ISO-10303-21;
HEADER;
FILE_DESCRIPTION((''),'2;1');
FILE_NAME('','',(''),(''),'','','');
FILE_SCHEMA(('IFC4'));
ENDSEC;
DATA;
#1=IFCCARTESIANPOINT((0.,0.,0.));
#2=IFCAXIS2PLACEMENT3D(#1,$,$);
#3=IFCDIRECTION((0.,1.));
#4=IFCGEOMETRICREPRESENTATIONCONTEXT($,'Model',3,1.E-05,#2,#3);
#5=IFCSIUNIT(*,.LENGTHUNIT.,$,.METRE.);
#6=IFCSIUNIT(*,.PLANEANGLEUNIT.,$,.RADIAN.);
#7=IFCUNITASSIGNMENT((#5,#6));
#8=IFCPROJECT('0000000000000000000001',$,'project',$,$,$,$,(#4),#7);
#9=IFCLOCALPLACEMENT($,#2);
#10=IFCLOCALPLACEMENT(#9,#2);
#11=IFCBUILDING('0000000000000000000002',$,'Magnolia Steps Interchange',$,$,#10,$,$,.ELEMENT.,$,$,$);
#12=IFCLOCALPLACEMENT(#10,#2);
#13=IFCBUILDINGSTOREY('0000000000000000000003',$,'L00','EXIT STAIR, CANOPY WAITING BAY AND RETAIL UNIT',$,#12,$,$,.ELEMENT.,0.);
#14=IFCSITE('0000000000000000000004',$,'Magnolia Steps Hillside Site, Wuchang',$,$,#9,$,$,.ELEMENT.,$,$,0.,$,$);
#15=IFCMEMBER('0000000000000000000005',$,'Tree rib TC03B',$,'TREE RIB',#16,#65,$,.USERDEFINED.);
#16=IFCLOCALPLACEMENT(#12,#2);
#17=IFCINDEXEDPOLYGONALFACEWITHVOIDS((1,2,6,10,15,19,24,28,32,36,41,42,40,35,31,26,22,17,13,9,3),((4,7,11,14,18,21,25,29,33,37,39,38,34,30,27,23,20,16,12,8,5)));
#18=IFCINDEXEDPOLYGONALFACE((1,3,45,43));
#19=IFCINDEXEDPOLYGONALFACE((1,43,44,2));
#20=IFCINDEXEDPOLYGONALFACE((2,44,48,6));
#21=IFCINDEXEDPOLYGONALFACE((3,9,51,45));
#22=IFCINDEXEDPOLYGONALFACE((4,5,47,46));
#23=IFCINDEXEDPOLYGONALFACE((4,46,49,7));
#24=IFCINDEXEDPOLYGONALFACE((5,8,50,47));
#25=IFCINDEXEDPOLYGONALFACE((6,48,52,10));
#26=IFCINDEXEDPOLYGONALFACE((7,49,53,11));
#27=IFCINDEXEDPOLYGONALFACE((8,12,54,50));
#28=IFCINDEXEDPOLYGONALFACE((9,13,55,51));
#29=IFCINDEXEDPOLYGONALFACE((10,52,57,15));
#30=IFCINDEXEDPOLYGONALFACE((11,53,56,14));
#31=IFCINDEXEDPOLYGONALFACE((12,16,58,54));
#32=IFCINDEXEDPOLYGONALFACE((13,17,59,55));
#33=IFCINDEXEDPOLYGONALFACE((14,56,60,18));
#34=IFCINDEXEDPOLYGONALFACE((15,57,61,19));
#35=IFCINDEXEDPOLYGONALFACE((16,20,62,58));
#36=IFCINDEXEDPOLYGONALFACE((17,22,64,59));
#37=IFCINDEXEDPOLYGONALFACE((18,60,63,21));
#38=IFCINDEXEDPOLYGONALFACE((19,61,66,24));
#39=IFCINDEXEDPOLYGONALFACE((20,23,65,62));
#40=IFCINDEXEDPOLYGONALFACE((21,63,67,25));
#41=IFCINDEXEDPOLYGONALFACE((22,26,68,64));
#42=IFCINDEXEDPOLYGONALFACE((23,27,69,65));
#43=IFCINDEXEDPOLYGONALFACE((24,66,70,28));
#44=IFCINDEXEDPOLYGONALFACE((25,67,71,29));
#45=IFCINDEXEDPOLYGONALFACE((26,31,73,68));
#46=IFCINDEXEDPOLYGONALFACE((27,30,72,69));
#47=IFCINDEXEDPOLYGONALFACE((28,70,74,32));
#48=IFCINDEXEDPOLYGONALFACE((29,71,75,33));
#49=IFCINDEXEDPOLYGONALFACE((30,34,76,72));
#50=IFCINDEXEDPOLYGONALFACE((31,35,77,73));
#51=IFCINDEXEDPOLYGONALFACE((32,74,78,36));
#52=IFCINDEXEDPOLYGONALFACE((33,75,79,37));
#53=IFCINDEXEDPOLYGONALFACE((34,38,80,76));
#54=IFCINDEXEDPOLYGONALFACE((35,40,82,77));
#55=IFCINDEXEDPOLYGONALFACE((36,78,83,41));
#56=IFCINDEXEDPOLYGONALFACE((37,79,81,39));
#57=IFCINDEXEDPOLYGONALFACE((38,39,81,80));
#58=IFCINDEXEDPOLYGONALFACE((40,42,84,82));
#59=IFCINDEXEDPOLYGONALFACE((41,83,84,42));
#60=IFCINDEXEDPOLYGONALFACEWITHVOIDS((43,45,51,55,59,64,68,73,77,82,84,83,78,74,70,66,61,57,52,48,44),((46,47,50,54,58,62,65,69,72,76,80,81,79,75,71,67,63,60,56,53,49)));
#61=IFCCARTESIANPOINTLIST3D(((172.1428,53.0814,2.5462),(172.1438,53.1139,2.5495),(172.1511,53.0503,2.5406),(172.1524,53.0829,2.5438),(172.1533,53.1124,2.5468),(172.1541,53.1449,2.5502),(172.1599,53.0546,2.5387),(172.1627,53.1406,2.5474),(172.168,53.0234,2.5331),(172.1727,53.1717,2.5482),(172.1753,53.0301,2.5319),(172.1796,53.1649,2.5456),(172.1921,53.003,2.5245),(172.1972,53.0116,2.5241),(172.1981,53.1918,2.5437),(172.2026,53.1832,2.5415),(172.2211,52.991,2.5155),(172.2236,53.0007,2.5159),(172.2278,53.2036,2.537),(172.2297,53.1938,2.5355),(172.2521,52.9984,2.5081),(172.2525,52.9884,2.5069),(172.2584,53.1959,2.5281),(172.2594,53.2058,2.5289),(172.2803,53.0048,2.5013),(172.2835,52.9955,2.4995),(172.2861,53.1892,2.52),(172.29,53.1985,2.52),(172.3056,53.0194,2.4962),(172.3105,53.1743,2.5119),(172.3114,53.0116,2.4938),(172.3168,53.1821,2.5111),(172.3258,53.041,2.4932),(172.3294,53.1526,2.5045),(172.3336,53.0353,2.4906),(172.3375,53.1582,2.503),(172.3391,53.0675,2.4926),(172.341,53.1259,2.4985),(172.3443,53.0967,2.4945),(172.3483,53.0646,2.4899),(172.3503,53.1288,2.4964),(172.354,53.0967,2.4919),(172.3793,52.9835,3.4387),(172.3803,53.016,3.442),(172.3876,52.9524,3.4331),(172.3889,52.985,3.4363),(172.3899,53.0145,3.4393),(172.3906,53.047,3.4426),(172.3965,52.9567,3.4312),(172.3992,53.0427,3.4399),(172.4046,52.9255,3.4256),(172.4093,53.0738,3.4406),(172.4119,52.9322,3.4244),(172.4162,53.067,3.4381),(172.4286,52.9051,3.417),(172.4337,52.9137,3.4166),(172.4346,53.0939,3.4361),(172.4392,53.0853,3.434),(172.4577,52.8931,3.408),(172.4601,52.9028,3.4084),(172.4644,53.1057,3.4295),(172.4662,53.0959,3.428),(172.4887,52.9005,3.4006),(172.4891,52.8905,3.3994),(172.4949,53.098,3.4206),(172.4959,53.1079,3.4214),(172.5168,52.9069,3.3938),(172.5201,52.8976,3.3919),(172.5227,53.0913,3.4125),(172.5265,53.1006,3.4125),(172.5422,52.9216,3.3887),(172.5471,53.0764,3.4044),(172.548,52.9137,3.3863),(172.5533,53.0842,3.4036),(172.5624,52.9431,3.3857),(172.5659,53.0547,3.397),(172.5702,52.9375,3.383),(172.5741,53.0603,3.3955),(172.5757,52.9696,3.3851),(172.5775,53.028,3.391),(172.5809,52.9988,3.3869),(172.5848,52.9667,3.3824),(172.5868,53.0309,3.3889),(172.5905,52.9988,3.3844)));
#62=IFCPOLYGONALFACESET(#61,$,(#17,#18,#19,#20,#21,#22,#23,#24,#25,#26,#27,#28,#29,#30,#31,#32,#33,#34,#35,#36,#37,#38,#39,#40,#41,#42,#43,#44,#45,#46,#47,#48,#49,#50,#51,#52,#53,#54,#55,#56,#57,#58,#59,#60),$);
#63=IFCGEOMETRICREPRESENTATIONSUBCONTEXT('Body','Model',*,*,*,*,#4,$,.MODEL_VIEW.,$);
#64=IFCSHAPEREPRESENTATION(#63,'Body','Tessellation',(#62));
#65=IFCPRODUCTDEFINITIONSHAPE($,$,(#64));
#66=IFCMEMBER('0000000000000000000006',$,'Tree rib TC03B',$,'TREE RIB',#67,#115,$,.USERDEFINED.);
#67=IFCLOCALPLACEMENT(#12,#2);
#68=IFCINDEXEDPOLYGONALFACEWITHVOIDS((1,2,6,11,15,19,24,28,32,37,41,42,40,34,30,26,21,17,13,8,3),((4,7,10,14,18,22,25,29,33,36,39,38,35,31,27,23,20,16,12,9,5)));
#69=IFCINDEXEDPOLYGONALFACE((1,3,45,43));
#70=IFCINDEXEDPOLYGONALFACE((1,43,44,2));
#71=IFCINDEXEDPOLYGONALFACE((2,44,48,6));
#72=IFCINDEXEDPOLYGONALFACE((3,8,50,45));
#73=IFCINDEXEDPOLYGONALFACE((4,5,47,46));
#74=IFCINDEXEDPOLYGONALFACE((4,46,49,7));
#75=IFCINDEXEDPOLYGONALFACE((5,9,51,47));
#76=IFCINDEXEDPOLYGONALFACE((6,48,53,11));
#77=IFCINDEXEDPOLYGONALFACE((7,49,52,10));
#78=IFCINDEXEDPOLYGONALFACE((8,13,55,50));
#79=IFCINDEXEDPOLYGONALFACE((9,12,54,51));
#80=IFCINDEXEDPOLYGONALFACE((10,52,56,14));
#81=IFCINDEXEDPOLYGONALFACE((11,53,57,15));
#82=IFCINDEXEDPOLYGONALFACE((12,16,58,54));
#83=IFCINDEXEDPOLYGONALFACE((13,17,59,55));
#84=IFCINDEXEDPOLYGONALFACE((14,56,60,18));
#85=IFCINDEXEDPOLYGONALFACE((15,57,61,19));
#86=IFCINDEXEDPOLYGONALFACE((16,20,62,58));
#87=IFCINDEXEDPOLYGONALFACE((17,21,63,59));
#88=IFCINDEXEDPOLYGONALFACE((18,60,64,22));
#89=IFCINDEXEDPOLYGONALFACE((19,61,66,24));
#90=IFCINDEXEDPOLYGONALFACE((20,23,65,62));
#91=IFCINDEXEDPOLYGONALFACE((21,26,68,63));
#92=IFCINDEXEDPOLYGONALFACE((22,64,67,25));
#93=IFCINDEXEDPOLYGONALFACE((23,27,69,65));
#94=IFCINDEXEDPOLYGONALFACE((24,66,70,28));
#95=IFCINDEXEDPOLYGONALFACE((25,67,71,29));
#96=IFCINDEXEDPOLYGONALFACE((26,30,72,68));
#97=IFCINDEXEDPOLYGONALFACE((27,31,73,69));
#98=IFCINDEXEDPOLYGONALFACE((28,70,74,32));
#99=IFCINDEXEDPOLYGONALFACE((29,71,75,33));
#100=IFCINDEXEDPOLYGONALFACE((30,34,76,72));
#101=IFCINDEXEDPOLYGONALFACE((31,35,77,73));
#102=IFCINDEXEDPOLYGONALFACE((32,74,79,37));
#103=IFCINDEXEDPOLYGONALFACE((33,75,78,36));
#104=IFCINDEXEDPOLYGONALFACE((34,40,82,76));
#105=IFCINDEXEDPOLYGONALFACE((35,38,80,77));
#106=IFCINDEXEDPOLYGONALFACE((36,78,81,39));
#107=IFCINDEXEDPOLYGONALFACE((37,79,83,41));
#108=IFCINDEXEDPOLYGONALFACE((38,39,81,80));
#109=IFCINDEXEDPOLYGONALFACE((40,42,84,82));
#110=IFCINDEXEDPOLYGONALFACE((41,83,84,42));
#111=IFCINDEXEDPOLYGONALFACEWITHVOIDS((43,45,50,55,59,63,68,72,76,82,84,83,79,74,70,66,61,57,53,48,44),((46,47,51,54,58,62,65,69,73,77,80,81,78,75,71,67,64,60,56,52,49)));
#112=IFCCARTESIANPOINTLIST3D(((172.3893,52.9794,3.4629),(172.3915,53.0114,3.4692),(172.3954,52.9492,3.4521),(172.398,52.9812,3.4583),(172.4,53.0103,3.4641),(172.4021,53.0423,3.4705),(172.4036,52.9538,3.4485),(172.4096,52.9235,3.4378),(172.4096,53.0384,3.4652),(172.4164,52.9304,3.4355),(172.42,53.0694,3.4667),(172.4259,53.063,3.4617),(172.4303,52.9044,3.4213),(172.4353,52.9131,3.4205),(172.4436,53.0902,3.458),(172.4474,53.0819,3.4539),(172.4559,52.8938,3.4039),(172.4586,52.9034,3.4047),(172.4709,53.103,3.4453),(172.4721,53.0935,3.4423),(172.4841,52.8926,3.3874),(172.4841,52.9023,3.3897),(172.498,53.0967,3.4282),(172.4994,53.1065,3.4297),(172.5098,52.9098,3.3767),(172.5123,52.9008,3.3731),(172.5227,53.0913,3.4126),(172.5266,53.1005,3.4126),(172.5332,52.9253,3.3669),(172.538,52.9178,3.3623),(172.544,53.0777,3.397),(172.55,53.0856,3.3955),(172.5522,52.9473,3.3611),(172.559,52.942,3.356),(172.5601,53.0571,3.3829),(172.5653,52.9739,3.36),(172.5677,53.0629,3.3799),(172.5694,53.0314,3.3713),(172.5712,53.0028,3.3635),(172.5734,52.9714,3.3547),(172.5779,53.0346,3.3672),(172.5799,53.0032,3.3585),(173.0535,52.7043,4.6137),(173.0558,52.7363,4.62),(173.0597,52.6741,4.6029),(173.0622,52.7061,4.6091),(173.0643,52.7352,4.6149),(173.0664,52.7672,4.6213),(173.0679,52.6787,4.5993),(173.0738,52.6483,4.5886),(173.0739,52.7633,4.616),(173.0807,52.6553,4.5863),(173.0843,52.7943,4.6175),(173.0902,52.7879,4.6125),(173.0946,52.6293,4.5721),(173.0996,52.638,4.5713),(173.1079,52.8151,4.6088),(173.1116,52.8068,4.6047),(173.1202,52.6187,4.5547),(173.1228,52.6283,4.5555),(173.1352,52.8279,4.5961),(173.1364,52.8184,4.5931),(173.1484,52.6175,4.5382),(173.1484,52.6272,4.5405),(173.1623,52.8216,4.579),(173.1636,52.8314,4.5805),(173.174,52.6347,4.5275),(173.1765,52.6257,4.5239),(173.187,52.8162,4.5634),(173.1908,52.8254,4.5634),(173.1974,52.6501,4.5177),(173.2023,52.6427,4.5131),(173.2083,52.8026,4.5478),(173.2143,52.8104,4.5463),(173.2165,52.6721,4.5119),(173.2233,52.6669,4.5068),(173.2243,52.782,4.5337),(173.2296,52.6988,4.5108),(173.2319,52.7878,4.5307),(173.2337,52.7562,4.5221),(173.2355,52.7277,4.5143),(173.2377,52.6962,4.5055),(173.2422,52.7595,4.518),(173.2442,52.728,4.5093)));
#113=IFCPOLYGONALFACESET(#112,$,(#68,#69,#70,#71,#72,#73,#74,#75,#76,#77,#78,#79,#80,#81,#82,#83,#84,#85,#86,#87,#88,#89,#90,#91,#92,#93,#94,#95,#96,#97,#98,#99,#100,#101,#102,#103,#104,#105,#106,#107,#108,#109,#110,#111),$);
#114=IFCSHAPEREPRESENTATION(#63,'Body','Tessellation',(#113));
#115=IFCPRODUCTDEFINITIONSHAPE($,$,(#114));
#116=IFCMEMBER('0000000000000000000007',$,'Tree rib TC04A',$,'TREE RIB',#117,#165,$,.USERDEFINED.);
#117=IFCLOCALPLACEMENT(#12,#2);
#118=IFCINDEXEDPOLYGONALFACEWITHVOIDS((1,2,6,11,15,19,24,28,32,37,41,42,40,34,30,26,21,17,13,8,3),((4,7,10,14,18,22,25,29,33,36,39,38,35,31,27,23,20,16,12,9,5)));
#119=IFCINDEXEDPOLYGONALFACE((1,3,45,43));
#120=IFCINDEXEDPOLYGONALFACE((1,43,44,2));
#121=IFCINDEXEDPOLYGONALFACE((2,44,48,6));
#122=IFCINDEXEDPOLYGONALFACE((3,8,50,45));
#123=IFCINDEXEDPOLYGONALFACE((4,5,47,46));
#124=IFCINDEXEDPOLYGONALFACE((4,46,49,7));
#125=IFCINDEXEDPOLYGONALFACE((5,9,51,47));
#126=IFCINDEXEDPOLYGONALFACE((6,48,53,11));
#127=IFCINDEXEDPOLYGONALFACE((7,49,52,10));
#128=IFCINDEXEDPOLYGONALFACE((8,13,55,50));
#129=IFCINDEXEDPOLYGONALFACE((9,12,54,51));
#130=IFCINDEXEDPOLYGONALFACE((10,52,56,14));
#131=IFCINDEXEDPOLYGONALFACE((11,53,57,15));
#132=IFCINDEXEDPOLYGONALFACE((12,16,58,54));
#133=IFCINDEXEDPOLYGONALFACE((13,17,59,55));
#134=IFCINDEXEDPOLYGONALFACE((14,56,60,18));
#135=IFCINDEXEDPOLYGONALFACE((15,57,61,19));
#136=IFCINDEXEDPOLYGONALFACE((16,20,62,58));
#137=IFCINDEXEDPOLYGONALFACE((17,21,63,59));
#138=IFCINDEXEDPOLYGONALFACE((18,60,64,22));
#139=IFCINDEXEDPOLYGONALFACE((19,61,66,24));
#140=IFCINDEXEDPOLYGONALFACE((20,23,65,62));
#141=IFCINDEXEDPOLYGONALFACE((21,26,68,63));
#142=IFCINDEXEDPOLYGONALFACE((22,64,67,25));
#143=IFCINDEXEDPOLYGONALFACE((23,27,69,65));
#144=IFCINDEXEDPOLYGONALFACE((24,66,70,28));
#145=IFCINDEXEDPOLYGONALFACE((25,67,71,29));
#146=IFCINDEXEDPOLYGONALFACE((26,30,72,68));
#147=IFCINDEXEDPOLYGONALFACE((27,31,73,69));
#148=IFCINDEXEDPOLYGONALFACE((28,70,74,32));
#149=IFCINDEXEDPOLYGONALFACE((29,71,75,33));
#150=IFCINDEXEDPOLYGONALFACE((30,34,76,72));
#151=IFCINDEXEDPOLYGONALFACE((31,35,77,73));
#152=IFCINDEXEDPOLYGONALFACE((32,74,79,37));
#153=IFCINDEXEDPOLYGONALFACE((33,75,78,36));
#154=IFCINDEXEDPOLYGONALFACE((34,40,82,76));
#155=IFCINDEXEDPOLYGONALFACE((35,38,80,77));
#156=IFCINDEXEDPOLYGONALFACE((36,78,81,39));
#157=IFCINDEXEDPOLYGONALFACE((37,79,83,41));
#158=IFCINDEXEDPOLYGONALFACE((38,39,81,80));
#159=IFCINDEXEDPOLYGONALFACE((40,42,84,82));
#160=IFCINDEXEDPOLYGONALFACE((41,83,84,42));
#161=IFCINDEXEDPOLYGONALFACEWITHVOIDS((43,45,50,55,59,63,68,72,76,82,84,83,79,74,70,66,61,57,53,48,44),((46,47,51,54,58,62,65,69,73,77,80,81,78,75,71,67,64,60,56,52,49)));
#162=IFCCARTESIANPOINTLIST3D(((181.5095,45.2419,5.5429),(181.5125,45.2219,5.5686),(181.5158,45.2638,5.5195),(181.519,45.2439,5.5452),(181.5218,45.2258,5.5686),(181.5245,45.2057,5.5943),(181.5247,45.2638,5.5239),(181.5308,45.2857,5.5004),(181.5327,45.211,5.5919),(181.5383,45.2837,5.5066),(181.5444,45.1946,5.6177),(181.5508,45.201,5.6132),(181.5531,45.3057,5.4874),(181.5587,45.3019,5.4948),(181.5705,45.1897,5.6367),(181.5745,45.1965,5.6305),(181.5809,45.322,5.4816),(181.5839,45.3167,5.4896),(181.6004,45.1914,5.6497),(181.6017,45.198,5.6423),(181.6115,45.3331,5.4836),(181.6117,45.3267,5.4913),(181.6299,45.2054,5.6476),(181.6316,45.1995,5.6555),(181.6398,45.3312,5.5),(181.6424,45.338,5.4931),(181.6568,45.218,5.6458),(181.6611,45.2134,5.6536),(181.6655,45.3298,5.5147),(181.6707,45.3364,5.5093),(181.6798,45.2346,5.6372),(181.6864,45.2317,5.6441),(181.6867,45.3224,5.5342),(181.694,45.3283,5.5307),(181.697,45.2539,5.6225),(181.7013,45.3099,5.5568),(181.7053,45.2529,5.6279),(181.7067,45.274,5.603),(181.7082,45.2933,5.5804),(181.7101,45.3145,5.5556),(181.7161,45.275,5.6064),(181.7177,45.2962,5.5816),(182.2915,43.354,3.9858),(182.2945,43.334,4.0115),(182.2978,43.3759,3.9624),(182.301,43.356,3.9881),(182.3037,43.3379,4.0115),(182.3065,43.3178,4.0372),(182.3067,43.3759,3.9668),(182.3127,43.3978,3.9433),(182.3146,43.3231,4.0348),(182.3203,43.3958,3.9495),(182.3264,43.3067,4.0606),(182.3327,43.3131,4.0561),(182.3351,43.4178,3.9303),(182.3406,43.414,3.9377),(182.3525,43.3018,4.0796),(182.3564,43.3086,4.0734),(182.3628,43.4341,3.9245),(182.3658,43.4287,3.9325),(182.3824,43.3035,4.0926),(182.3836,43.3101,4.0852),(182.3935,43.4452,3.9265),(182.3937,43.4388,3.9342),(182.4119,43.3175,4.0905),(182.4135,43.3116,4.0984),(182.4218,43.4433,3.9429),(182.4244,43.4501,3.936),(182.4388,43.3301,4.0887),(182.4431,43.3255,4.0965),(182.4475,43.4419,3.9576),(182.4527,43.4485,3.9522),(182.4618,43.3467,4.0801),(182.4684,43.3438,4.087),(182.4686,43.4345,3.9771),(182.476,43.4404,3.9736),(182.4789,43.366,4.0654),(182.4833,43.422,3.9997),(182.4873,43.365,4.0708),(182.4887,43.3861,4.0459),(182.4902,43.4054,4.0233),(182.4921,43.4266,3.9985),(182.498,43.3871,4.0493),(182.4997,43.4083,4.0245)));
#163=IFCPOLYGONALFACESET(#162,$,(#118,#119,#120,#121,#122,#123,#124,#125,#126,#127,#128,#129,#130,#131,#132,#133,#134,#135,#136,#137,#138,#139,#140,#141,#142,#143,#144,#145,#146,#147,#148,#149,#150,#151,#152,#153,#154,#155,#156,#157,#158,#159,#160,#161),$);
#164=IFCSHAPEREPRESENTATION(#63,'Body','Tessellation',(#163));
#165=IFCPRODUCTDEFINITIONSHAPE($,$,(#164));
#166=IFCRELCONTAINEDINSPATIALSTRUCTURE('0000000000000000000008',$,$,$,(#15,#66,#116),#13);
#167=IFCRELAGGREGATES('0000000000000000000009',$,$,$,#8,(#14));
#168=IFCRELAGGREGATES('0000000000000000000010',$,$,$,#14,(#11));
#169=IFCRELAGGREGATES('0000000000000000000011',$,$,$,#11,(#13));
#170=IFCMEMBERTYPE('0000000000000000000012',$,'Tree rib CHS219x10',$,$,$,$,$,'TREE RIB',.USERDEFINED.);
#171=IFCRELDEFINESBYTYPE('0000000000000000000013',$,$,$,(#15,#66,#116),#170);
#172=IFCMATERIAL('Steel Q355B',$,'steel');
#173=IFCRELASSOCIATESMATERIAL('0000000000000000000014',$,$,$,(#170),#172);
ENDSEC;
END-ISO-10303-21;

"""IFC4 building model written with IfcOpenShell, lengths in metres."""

from ifc_helpers import new_model, si_unit, direction, frame, origin, origin_2d, place, context, subcontext, project, spatial, hollow_circle, extrude, material, material_profile, profile_set, type_object, element, save


model = new_model("IFC4")

# Units and contexts
model_context = context("Model", 3, precision=1e-05, world=origin(), true_north=direction((0.0, 1.0)))
body_context = subcontext(model_context, "Body", "Model", "MODEL_VIEW")
ifc_project = project(units=[si_unit("LENGTHUNIT", "METRE"), si_unit("PLANEANGLEUNIT", "RADIAN")], contexts=[model_context])

# Site, building, storey
site_placement = place(None, origin())
site = spatial("IfcSite", under=ifc_project, at=site_placement, Name="Magnolia Steps Hillside Site, Wuchang", CompositionType="ELEMENT", RefElevation=0.0)
building_placement = place(site_placement, origin())
building = spatial("IfcBuilding", under=site, at=building_placement, Name="Magnolia Steps Interchange", CompositionType="ELEMENT")
storey_placement = place(building_placement, origin())
storey = spatial("IfcBuildingStorey", under=building, at=storey_placement, Name="L00", Description="EXIT STAIR, CANOPY WAITING BAY AND RETAIL UNIT", CompositionType="ELEMENT", Elevation=0.0)

# Members
ifc_material_1 = material(Name="Steel Q355B", Category="steel")
ifc_material_profile_1 = material_profile(ifc_material_1, hollow_circle(Radius=0.1096, WallThickness=0.01, at=origin_2d()), Name="CHS219x10")
ifc_profile_set_1 = profile_set([ifc_material_profile_1], Name="Steel Q355B")
member_type = type_object("IfcMemberType", Name="Tree rib CHS219x10", ElementType="TREE RIB", PredefinedType="USERDEFINED", material=ifc_profile_set_1)
member_1_placement = place(storey_placement, frame((172.248, 53.0972, 2.52), z_axis=(0.25477, -0.105431, 0.961237), x_axis=(0.38238, 0.924005, 0.0)))
element("IfcMember", 1, at=member_1_placement, inside=storey, type_object=member_type, Name="Tree rib TC03B", ObjectType="TREE RIB", PredefinedType="USERDEFINED", context=body_context, shape_type="SweptSolid", body=[
    extrude(hollow_circle(Radius=0.1096, WallThickness=0.01, at=origin_2d()), origin(), (0.0, 0.0, 1.0), 0.9285),
])
member_2_placement = place(storey_placement, frame((172.4846, 52.9993, 3.4126), z_axis=(0.48953, -0.202756, 0.848086), x_axis=(0.382662, 0.923889, 0.0)))
element("IfcMember", 2, at=member_2_placement, inside=storey, type_object=member_type, Name="Tree rib TC03B", ObjectType="TREE RIB", PredefinedType="USERDEFINED", context=body_context, shape_type="SweptSolid", body=[
    extrude(hollow_circle(Radius=0.1096, WallThickness=0.01, at=origin_2d()), origin(), (0.0, 0.0, 1.0), 1.3569),
])
for number, where, z_axis, x_axis, name in (
    (3, (182.3958, 43.376, 4.0115), (-0.304376, 0.734854, 0.60609), (-0.923884, -0.382672, 0.0), "Tree rib TC04A"),
):
    element("IfcMember", number, at=place(storey_placement, frame(where, z_axis=z_axis, x_axis=x_axis)), inside=storey, type_object=member_type, Name=name, ObjectType="TREE RIB", PredefinedType="USERDEFINED", context=body_context, shape_type="SweptSolid", body=[
        extrude(hollow_circle(Radius=0.1096, WallThickness=0.01, at=origin_2d()), origin(), (0.0, 0.0, 1.0), 2.5691),
    ])

save(model, "model.ifc")
